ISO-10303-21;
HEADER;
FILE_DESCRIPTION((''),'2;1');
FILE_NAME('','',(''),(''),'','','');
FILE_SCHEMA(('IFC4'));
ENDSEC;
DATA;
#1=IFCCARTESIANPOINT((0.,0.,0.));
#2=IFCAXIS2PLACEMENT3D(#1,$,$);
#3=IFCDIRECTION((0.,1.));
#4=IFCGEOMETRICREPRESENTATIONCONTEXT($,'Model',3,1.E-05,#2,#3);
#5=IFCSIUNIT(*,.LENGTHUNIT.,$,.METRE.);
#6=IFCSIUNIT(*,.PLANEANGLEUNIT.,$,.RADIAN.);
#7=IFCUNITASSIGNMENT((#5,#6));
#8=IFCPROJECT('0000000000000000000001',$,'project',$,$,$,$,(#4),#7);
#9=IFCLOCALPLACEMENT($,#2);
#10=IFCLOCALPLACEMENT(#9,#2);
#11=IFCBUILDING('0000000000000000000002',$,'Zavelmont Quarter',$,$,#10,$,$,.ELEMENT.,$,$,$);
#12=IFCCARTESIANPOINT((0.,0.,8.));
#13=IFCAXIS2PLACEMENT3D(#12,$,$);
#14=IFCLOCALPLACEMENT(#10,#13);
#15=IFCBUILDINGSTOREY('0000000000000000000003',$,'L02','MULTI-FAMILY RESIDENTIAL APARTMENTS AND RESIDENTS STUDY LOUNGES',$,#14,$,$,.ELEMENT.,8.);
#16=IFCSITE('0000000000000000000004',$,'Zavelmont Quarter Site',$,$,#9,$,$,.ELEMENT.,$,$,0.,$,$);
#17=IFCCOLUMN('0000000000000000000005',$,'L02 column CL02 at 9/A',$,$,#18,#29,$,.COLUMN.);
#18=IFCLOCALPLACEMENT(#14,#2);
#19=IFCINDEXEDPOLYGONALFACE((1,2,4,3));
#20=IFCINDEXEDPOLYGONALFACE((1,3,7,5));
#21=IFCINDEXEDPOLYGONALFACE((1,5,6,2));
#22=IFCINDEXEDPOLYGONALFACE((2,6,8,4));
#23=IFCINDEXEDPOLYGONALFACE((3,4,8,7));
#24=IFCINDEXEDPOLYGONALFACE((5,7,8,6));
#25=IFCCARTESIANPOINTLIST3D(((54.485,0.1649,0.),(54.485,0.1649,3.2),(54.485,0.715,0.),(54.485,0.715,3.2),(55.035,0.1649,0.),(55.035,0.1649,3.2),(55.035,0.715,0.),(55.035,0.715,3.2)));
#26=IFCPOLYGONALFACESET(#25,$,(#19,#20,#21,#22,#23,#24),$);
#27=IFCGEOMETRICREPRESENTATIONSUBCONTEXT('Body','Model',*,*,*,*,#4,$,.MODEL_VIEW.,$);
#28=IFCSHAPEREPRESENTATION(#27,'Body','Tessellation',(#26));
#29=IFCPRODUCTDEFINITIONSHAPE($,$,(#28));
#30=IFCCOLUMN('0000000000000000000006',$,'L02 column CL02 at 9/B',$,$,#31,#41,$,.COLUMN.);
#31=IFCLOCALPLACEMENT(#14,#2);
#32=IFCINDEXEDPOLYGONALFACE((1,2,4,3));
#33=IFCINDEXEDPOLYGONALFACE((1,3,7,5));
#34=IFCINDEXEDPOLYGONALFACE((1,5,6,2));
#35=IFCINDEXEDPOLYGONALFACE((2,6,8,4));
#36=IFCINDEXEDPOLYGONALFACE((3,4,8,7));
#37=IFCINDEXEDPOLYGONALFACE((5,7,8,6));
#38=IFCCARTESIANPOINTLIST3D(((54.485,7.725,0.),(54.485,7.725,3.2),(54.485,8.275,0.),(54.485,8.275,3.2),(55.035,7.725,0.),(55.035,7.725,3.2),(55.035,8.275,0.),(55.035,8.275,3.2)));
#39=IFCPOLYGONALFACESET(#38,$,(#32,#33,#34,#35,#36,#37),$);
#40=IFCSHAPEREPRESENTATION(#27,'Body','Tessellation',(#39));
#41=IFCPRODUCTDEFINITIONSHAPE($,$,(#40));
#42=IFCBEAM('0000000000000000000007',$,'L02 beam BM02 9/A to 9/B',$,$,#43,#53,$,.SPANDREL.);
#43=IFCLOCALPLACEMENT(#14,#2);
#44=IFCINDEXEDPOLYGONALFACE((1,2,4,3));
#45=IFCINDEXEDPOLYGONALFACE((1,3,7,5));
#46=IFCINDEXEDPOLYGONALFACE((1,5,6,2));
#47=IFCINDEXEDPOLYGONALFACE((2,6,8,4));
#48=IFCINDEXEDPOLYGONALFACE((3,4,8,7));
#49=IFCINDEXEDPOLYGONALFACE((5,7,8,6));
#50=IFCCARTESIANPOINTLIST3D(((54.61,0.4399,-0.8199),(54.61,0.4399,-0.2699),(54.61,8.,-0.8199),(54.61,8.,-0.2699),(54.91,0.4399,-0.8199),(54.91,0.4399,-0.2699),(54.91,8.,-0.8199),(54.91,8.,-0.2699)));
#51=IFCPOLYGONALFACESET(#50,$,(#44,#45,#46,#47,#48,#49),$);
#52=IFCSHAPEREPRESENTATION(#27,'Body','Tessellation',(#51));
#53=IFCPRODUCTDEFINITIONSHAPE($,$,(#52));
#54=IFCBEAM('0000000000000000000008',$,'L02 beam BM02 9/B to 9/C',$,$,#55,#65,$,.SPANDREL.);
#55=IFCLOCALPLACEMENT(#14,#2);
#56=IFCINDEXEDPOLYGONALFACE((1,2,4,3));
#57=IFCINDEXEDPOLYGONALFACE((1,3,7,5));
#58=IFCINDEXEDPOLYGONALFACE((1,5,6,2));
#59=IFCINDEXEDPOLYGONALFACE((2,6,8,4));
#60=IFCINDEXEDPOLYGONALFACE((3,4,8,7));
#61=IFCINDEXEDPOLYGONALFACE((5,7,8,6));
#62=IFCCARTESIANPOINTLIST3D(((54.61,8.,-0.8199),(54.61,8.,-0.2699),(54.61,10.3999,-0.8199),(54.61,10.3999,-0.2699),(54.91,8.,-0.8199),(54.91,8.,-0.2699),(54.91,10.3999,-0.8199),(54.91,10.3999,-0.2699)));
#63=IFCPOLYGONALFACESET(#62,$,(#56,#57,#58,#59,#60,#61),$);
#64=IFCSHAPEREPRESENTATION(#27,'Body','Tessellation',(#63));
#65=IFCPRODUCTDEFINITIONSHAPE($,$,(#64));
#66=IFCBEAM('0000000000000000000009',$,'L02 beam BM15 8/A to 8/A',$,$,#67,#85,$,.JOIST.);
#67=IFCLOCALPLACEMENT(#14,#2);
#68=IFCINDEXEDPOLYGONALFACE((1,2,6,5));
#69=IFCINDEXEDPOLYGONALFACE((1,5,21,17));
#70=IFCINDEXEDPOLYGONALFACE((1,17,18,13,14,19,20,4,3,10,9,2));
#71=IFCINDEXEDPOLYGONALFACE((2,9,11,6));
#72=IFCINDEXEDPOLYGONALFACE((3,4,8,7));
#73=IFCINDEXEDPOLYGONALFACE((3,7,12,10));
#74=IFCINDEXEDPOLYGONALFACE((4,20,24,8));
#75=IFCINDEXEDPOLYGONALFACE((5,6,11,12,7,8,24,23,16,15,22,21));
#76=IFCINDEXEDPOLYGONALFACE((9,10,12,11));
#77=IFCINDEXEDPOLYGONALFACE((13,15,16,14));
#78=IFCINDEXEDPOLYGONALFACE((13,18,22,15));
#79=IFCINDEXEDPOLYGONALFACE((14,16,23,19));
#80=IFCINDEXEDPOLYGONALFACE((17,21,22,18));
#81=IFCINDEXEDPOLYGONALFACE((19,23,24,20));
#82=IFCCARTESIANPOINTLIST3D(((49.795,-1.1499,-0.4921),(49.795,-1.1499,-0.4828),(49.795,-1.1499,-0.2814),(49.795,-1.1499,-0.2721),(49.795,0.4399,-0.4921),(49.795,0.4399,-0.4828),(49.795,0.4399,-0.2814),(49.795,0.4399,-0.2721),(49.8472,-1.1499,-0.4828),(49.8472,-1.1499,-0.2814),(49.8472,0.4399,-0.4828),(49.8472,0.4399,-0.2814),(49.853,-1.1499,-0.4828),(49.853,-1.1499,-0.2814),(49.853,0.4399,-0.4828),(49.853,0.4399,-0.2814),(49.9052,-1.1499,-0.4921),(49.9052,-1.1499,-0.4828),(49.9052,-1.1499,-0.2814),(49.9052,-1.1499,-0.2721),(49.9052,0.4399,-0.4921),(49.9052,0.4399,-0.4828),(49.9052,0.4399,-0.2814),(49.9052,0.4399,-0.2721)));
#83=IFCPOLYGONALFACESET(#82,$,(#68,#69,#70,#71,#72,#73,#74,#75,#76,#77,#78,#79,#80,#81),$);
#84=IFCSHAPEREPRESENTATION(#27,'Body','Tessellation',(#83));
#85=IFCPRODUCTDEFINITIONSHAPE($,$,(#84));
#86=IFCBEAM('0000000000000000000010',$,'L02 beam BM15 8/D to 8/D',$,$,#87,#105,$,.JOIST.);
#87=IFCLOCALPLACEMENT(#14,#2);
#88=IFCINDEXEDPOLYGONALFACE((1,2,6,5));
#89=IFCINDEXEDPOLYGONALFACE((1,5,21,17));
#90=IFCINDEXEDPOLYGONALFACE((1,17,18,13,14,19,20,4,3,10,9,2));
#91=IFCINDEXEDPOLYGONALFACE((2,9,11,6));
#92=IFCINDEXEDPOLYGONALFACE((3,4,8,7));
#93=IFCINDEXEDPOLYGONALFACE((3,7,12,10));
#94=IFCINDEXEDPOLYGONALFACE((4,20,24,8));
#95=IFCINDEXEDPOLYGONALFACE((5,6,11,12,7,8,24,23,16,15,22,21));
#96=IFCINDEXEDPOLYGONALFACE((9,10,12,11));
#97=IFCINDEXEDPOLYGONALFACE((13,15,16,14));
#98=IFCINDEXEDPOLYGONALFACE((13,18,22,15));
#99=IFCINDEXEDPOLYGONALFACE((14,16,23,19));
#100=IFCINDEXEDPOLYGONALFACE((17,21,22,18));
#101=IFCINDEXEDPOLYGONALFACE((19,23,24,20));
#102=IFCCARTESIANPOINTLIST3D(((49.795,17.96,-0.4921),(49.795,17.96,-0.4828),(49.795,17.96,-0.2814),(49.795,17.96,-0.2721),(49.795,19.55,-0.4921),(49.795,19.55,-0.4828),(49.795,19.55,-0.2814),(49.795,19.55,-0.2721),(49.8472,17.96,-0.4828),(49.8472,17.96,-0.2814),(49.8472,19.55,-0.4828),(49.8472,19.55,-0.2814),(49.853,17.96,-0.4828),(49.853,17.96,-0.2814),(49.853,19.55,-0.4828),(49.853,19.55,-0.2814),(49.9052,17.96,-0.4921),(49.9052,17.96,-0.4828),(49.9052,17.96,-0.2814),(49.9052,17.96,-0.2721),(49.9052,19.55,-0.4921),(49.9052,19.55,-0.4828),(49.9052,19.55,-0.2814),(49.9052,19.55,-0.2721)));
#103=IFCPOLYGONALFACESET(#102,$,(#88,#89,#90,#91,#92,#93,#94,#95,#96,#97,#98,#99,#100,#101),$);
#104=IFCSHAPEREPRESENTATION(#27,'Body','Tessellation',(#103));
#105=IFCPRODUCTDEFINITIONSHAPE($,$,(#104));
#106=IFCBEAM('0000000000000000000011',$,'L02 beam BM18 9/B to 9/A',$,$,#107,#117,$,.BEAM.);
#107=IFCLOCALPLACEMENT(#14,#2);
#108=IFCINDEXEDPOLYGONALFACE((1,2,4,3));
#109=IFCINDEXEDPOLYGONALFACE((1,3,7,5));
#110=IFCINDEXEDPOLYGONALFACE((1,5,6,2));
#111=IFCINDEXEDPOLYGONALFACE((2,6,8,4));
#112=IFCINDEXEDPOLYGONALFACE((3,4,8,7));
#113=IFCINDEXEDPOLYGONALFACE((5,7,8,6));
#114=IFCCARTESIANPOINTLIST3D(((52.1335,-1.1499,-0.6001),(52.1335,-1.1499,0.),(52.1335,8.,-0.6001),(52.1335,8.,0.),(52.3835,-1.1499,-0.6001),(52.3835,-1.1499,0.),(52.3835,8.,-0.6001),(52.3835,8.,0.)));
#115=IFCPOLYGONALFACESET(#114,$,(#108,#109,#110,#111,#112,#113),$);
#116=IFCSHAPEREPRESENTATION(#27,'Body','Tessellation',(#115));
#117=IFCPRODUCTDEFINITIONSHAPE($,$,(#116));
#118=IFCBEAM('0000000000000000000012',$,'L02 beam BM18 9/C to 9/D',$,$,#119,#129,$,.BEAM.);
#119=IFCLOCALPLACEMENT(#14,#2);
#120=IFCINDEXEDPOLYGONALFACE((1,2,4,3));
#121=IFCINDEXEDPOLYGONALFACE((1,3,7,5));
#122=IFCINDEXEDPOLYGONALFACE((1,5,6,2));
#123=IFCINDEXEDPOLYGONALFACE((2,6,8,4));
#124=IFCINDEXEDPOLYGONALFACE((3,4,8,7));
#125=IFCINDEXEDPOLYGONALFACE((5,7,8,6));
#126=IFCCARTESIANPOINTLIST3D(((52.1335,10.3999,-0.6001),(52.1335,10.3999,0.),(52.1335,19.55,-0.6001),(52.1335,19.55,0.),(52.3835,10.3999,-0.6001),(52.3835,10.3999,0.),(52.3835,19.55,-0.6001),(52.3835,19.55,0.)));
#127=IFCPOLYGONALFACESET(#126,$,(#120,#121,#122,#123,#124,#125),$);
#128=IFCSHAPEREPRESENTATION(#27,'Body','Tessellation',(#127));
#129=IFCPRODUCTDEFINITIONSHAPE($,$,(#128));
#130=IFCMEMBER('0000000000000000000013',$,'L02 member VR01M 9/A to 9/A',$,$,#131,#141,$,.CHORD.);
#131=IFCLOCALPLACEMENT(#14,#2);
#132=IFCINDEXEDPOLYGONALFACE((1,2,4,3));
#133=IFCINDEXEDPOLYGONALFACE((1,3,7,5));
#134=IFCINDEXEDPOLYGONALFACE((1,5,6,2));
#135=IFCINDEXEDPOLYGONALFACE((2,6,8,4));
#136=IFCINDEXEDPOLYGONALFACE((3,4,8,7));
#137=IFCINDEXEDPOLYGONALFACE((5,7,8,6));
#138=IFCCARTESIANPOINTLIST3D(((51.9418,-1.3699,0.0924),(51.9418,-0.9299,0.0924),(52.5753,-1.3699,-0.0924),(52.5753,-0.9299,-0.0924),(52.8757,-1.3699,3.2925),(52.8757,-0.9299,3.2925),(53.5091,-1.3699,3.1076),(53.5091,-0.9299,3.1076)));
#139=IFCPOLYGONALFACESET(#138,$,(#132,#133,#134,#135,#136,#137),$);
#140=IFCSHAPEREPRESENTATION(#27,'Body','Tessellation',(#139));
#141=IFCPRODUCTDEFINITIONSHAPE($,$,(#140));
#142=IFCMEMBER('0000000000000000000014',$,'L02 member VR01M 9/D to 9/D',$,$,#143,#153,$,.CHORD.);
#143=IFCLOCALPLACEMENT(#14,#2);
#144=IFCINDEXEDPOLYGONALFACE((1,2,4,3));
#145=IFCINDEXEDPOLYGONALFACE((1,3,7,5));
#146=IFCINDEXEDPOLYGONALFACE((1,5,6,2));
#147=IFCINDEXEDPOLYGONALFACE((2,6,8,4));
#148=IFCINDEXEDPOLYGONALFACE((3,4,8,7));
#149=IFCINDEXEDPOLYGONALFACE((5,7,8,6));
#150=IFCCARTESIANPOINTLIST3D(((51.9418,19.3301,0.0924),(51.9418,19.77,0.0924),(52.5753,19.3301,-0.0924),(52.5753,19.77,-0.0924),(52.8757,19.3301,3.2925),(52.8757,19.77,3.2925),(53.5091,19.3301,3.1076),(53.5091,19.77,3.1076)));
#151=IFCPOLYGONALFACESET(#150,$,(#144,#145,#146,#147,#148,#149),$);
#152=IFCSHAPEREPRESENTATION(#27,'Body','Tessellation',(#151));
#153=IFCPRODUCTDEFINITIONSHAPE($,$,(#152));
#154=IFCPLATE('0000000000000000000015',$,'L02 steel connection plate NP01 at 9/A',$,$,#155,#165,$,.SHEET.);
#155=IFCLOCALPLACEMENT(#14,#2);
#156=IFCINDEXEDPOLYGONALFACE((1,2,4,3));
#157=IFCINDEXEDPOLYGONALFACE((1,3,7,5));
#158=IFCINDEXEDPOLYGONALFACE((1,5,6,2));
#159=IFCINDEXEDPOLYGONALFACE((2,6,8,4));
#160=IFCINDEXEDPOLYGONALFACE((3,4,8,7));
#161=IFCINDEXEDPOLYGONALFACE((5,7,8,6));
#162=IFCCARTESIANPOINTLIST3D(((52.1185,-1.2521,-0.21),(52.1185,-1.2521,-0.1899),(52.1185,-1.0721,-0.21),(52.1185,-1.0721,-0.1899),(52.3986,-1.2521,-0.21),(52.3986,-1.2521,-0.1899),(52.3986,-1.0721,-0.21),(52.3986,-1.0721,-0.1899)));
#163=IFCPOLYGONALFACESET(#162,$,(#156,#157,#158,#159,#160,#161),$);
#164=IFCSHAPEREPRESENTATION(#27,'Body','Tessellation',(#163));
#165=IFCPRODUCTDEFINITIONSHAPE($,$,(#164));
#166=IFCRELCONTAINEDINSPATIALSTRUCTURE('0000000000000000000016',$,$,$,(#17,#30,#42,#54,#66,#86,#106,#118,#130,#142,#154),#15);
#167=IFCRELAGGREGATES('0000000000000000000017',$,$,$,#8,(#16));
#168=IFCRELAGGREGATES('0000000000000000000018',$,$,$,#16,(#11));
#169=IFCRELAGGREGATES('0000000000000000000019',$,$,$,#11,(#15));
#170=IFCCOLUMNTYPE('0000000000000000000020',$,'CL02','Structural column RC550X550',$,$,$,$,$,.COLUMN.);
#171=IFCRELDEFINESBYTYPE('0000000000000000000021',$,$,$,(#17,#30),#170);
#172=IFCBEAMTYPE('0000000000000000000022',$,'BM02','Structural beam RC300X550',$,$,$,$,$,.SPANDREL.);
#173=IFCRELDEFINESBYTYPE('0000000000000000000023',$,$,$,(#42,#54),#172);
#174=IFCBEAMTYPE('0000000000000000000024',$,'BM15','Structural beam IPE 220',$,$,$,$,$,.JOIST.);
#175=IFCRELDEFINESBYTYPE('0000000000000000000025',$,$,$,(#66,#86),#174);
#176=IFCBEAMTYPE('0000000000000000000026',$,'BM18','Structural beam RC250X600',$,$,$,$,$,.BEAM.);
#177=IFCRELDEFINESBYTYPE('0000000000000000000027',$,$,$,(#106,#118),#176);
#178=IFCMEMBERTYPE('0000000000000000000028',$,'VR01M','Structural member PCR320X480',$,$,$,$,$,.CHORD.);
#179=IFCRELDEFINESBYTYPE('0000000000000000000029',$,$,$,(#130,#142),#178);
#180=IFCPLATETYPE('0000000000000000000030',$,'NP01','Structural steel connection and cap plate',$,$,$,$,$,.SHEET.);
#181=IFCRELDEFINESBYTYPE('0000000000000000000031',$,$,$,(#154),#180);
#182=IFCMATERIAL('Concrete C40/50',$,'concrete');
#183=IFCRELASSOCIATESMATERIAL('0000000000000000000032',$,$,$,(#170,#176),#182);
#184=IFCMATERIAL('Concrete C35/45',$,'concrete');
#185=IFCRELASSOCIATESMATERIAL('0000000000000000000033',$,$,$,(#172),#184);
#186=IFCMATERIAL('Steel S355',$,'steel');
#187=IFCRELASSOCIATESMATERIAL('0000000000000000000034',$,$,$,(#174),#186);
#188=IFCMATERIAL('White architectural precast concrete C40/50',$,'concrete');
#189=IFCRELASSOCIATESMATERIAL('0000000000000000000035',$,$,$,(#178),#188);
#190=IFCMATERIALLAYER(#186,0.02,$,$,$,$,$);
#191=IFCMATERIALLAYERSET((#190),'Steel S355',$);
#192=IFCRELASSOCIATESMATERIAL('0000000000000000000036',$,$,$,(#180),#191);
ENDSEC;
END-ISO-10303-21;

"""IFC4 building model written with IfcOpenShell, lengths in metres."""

from ifc_helpers import new_model, si_unit, direction, frame, origin, origin_2d, place, context, subcontext, project, spatial, rectangle, i_section, extrude, material, layer, layer_set, material_profile, profile_set, type_object, element, save


model = new_model("IFC4")

# Units and contexts
model_context = context("Model", 3, precision=1e-05, world=origin(), true_north=direction((0.0, 1.0)))
body_context = subcontext(model_context, "Body", "Model", "MODEL_VIEW")
ifc_project = project(units=[si_unit("LENGTHUNIT", "METRE"), si_unit("PLANEANGLEUNIT", "RADIAN")], contexts=[model_context])

# Site, building, storey
site_placement = place(None, origin())
site = spatial("IfcSite", under=ifc_project, at=site_placement, Name="Zavelmont Quarter Site", CompositionType="ELEMENT", RefElevation=0.0)
building_placement = place(site_placement, origin())
building = spatial("IfcBuilding", under=site, at=building_placement, Name="Zavelmont Quarter", CompositionType="ELEMENT")
storey_placement = place(building_placement, frame((0.0, 0.0, 8.0)))
storey = spatial("IfcBuildingStorey", under=building, at=storey_placement, Name="L02", Description="MULTI-FAMILY RESIDENTIAL APARTMENTS AND RESIDENTS STUDY LOUNGES", CompositionType="ELEMENT", Elevation=8.0)

# Columns
ifc_material_1 = material(Name="Concrete C40/50", Category="concrete")
ifc_material_profile_1 = material_profile(ifc_material_1, rectangle(XDim=0.55, YDim=0.55, at=origin_2d()), Name="RC550X550")
ifc_profile_set_1 = profile_set([ifc_material_profile_1], Name="Concrete C40/50")
column_type = type_object("IfcColumnType", Name="CL02", Description="Structural column RC550X550", PredefinedType="COLUMN", material=ifc_profile_set_1)
for number, where, z_axis, x_axis, name in (
    (1, (54.76, 0.4399, 0.0), (0.0, 0.0, 1.0), (1.0, 0.0, 0.0), "L02 column CL02 at 9/A"),
    (2, (54.76, 8.0, 0.0), (0.0, 0.0, 1.0), (1.0, 0.0, 0.0), "L02 column CL02 at 9/B"),
):
    element("IfcColumn", number, at=place(storey_placement, frame(where, z_axis=z_axis, x_axis=x_axis)), inside=storey, type_object=column_type, Name=name, PredefinedType="COLUMN", context=body_context, shape_type="SweptSolid", body=[
        extrude(rectangle(XDim=0.55, YDim=0.55, at=origin_2d()), origin(), (0.0, 0.0, 1.0), 3.2),
    ])

# Beams
ifc_material_2 = material(Name="Concrete C35/45", Category="concrete")
ifc_material_profile_2 = material_profile(ifc_material_2, rectangle(XDim=0.3, YDim=0.55, at=origin_2d()), Name="RC300X550")
ifc_profile_set_2 = profile_set([ifc_material_profile_2], Name="Concrete C35/45")
beam_type_1 = type_object("IfcBeamType", Name="BM02", Description="Structural beam RC300X550", PredefinedType="SPANDREL", material=ifc_profile_set_2)
beam_1_placement = place(storey_placement, frame((54.76, 0.4399, -0.5449), z_axis=(0.0, 1.0, 0.0), x_axis=(-1.0, 0.0, 0.0)))
element("IfcBeam", 3, at=beam_1_placement, inside=storey, type_object=beam_type_1, Name="L02 beam BM02 9/A to 9/B", PredefinedType="SPANDREL", context=body_context, shape_type="SweptSolid", body=[
    extrude(rectangle(XDim=0.3, YDim=0.55, at=origin_2d()), origin(), (0.0, 0.0, 1.0), 7.5601),
])
beam_2_placement = place(storey_placement, frame((54.76, 8.0, -0.5449), z_axis=(0.0, 1.0, 0.0), x_axis=(-1.0, 0.0, 0.0)))
element("IfcBeam", 4, at=beam_2_placement, inside=storey, type_object=beam_type_1, Name="L02 beam BM02 9/B to 9/C", PredefinedType="SPANDREL", context=body_context, shape_type="SweptSolid", body=[
    extrude(rectangle(XDim=0.3, YDim=0.55, at=origin_2d()), origin(), (0.0, 0.0, 1.0), 2.3999),
])
ifc_material_3 = material(Name="Steel S355", Category="steel")
ifc_material_profile_3 = material_profile(ifc_material_3, i_section(OverallWidth=0.1101, OverallDepth=0.22, WebThickness=0.0059, FlangeThickness=0.0093, at=origin_2d()), Name="IPE 220")
ifc_profile_set_3 = profile_set([ifc_material_profile_3], Name="Steel S355")
beam_type_2 = type_object("IfcBeamType", Name="BM15", Description="Structural beam IPE 220", PredefinedType="JOIST", material=ifc_profile_set_3)
beam_3_placement = place(storey_placement, frame((49.8501, 0.4399, -0.3821), z_axis=(0.0, -1.0, 0.0), x_axis=(1.0, 0.0, 0.0)))
element("IfcBeam", 5, at=beam_3_placement, inside=storey, type_object=beam_type_2, Name="L02 beam BM15 8/A to 8/A", PredefinedType="JOIST", context=body_context, shape_type="SweptSolid", body=[
    extrude(i_section(OverallWidth=0.1101, OverallDepth=0.22, WebThickness=0.0059, FlangeThickness=0.0093, at=origin_2d()), origin(), (0.0, 0.0, 1.0), 1.5898),
])
beam_4_placement = place(storey_placement, frame((49.8501, 17.96, -0.3821), z_axis=(0.0, 1.0, 0.0), x_axis=(-1.0, 0.0, 0.0)))
element("IfcBeam", 6, at=beam_4_placement, inside=storey, type_object=beam_type_2, Name="L02 beam BM15 8/D to 8/D", PredefinedType="JOIST", context=body_context, shape_type="SweptSolid", body=[
    extrude(i_section(OverallWidth=0.1101, OverallDepth=0.22, WebThickness=0.0059, FlangeThickness=0.0093, at=origin_2d()), origin(), (0.0, 0.0, 1.0), 1.5901),
])
ifc_material_profile_4 = material_profile(ifc_material_1, rectangle(XDim=0.25, YDim=0.6001, at=origin_2d()), Name="RC250X600")
ifc_profile_set_4 = profile_set([ifc_material_profile_4], Name="Concrete C40/50")
beam_type_3 = type_object("IfcBeamType", Name="BM18", Description="Structural beam RC250X600", PredefinedType="BEAM", material=ifc_profile_set_4)
beam_5_placement = place(storey_placement, frame((52.2585, 8.0, -0.3), z_axis=(0.0, -1.0, 0.0), x_axis=(1.0, 0.0, 0.0)))
element("IfcBeam", 7, at=beam_5_placement, inside=storey, type_object=beam_type_3, Name="L02 beam BM18 9/B to 9/A", PredefinedType="BEAM", context=body_context, shape_type="SweptSolid", body=[
    extrude(rectangle(XDim=0.25, YDim=0.6001, at=origin_2d()), origin(), (0.0, 0.0, 1.0), 9.1499),
])
beam_6_placement = place(storey_placement, frame((52.2585, 10.3999, -0.3), z_axis=(0.0, 1.0, 0.0), x_axis=(-1.0, 0.0, 0.0)))
element("IfcBeam", 8, at=beam_6_placement, inside=storey, type_object=beam_type_3, Name="L02 beam BM18 9/C to 9/D", PredefinedType="BEAM", context=body_context, shape_type="SweptSolid", body=[
    extrude(rectangle(XDim=0.25, YDim=0.6001, at=origin_2d()), origin(), (0.0, 0.0, 1.0), 9.1501),
])

# Members
ifc_material_4 = material(Name="White architectural precast concrete C40/50", Category="concrete")
ifc_material_profile_5 = material_profile(ifc_material_4, rectangle(XDim=0.4399, YDim=0.6599, at=origin_2d()), Name="PCR320X480")
ifc_profile_set_5 = profile_set([ifc_material_profile_5], Name="White architectural precast concrete C40/50")
member_type = type_object("IfcMemberType", Name="VR01M", Description="Structural member PCR320X480", PredefinedType="CHORD", material=ifc_profile_set_5)
for number, where, z_axis, x_axis, name in (
    (9, (52.2585, -1.1499, 0.0), (0.280143, 0.0, 0.959958), (0.0, 1.0, 0.0), "L02 member VR01M 9/A to 9/A"),
    (10, (52.2585, 19.55, 0.0), (0.280143, 0.0, 0.959958), (0.0, 1.0, 0.0), "L02 member VR01M 9/D to 9/D"),
):
    element("IfcMember", number, at=place(storey_placement, frame(where, z_axis=z_axis, x_axis=x_axis)), inside=storey, type_object=member_type, Name=name, PredefinedType="CHORD", context=body_context, shape_type="SweptSolid", body=[
        extrude(rectangle(XDim=0.4399, YDim=0.6599, at=origin_2d()), origin(), (0.0, 0.0, 1.0), 3.3335),
    ])

# Plate
ifc_layer_1 = layer(ifc_material_3, 0.02)
ifc_layer_set_1 = layer_set([ifc_layer_1], Name="Steel S355")
plate_type = type_object("IfcPlateType", Name="NP01", Description="Structural steel connection and cap plate", PredefinedType="SHEET", material=ifc_layer_set_1)
plate_placement = place(storey_placement, frame((52.2585, -1.1621, -0.21), z_axis=(0.0, 0.0, 1.0), x_axis=(1.0, 0.0, 0.0)))
element("IfcPlate", 11, at=plate_placement, inside=storey, type_object=plate_type, Name="L02 steel connection plate NP01 at 9/A", PredefinedType="SHEET", context=body_context, shape_type="SweptSolid", body=[
    extrude(rectangle(XDim=0.28, YDim=0.1799, at=origin_2d()), origin(), (0.0, 0.0, 1.0), 0.02),
])

save(model, "model.ifc")
